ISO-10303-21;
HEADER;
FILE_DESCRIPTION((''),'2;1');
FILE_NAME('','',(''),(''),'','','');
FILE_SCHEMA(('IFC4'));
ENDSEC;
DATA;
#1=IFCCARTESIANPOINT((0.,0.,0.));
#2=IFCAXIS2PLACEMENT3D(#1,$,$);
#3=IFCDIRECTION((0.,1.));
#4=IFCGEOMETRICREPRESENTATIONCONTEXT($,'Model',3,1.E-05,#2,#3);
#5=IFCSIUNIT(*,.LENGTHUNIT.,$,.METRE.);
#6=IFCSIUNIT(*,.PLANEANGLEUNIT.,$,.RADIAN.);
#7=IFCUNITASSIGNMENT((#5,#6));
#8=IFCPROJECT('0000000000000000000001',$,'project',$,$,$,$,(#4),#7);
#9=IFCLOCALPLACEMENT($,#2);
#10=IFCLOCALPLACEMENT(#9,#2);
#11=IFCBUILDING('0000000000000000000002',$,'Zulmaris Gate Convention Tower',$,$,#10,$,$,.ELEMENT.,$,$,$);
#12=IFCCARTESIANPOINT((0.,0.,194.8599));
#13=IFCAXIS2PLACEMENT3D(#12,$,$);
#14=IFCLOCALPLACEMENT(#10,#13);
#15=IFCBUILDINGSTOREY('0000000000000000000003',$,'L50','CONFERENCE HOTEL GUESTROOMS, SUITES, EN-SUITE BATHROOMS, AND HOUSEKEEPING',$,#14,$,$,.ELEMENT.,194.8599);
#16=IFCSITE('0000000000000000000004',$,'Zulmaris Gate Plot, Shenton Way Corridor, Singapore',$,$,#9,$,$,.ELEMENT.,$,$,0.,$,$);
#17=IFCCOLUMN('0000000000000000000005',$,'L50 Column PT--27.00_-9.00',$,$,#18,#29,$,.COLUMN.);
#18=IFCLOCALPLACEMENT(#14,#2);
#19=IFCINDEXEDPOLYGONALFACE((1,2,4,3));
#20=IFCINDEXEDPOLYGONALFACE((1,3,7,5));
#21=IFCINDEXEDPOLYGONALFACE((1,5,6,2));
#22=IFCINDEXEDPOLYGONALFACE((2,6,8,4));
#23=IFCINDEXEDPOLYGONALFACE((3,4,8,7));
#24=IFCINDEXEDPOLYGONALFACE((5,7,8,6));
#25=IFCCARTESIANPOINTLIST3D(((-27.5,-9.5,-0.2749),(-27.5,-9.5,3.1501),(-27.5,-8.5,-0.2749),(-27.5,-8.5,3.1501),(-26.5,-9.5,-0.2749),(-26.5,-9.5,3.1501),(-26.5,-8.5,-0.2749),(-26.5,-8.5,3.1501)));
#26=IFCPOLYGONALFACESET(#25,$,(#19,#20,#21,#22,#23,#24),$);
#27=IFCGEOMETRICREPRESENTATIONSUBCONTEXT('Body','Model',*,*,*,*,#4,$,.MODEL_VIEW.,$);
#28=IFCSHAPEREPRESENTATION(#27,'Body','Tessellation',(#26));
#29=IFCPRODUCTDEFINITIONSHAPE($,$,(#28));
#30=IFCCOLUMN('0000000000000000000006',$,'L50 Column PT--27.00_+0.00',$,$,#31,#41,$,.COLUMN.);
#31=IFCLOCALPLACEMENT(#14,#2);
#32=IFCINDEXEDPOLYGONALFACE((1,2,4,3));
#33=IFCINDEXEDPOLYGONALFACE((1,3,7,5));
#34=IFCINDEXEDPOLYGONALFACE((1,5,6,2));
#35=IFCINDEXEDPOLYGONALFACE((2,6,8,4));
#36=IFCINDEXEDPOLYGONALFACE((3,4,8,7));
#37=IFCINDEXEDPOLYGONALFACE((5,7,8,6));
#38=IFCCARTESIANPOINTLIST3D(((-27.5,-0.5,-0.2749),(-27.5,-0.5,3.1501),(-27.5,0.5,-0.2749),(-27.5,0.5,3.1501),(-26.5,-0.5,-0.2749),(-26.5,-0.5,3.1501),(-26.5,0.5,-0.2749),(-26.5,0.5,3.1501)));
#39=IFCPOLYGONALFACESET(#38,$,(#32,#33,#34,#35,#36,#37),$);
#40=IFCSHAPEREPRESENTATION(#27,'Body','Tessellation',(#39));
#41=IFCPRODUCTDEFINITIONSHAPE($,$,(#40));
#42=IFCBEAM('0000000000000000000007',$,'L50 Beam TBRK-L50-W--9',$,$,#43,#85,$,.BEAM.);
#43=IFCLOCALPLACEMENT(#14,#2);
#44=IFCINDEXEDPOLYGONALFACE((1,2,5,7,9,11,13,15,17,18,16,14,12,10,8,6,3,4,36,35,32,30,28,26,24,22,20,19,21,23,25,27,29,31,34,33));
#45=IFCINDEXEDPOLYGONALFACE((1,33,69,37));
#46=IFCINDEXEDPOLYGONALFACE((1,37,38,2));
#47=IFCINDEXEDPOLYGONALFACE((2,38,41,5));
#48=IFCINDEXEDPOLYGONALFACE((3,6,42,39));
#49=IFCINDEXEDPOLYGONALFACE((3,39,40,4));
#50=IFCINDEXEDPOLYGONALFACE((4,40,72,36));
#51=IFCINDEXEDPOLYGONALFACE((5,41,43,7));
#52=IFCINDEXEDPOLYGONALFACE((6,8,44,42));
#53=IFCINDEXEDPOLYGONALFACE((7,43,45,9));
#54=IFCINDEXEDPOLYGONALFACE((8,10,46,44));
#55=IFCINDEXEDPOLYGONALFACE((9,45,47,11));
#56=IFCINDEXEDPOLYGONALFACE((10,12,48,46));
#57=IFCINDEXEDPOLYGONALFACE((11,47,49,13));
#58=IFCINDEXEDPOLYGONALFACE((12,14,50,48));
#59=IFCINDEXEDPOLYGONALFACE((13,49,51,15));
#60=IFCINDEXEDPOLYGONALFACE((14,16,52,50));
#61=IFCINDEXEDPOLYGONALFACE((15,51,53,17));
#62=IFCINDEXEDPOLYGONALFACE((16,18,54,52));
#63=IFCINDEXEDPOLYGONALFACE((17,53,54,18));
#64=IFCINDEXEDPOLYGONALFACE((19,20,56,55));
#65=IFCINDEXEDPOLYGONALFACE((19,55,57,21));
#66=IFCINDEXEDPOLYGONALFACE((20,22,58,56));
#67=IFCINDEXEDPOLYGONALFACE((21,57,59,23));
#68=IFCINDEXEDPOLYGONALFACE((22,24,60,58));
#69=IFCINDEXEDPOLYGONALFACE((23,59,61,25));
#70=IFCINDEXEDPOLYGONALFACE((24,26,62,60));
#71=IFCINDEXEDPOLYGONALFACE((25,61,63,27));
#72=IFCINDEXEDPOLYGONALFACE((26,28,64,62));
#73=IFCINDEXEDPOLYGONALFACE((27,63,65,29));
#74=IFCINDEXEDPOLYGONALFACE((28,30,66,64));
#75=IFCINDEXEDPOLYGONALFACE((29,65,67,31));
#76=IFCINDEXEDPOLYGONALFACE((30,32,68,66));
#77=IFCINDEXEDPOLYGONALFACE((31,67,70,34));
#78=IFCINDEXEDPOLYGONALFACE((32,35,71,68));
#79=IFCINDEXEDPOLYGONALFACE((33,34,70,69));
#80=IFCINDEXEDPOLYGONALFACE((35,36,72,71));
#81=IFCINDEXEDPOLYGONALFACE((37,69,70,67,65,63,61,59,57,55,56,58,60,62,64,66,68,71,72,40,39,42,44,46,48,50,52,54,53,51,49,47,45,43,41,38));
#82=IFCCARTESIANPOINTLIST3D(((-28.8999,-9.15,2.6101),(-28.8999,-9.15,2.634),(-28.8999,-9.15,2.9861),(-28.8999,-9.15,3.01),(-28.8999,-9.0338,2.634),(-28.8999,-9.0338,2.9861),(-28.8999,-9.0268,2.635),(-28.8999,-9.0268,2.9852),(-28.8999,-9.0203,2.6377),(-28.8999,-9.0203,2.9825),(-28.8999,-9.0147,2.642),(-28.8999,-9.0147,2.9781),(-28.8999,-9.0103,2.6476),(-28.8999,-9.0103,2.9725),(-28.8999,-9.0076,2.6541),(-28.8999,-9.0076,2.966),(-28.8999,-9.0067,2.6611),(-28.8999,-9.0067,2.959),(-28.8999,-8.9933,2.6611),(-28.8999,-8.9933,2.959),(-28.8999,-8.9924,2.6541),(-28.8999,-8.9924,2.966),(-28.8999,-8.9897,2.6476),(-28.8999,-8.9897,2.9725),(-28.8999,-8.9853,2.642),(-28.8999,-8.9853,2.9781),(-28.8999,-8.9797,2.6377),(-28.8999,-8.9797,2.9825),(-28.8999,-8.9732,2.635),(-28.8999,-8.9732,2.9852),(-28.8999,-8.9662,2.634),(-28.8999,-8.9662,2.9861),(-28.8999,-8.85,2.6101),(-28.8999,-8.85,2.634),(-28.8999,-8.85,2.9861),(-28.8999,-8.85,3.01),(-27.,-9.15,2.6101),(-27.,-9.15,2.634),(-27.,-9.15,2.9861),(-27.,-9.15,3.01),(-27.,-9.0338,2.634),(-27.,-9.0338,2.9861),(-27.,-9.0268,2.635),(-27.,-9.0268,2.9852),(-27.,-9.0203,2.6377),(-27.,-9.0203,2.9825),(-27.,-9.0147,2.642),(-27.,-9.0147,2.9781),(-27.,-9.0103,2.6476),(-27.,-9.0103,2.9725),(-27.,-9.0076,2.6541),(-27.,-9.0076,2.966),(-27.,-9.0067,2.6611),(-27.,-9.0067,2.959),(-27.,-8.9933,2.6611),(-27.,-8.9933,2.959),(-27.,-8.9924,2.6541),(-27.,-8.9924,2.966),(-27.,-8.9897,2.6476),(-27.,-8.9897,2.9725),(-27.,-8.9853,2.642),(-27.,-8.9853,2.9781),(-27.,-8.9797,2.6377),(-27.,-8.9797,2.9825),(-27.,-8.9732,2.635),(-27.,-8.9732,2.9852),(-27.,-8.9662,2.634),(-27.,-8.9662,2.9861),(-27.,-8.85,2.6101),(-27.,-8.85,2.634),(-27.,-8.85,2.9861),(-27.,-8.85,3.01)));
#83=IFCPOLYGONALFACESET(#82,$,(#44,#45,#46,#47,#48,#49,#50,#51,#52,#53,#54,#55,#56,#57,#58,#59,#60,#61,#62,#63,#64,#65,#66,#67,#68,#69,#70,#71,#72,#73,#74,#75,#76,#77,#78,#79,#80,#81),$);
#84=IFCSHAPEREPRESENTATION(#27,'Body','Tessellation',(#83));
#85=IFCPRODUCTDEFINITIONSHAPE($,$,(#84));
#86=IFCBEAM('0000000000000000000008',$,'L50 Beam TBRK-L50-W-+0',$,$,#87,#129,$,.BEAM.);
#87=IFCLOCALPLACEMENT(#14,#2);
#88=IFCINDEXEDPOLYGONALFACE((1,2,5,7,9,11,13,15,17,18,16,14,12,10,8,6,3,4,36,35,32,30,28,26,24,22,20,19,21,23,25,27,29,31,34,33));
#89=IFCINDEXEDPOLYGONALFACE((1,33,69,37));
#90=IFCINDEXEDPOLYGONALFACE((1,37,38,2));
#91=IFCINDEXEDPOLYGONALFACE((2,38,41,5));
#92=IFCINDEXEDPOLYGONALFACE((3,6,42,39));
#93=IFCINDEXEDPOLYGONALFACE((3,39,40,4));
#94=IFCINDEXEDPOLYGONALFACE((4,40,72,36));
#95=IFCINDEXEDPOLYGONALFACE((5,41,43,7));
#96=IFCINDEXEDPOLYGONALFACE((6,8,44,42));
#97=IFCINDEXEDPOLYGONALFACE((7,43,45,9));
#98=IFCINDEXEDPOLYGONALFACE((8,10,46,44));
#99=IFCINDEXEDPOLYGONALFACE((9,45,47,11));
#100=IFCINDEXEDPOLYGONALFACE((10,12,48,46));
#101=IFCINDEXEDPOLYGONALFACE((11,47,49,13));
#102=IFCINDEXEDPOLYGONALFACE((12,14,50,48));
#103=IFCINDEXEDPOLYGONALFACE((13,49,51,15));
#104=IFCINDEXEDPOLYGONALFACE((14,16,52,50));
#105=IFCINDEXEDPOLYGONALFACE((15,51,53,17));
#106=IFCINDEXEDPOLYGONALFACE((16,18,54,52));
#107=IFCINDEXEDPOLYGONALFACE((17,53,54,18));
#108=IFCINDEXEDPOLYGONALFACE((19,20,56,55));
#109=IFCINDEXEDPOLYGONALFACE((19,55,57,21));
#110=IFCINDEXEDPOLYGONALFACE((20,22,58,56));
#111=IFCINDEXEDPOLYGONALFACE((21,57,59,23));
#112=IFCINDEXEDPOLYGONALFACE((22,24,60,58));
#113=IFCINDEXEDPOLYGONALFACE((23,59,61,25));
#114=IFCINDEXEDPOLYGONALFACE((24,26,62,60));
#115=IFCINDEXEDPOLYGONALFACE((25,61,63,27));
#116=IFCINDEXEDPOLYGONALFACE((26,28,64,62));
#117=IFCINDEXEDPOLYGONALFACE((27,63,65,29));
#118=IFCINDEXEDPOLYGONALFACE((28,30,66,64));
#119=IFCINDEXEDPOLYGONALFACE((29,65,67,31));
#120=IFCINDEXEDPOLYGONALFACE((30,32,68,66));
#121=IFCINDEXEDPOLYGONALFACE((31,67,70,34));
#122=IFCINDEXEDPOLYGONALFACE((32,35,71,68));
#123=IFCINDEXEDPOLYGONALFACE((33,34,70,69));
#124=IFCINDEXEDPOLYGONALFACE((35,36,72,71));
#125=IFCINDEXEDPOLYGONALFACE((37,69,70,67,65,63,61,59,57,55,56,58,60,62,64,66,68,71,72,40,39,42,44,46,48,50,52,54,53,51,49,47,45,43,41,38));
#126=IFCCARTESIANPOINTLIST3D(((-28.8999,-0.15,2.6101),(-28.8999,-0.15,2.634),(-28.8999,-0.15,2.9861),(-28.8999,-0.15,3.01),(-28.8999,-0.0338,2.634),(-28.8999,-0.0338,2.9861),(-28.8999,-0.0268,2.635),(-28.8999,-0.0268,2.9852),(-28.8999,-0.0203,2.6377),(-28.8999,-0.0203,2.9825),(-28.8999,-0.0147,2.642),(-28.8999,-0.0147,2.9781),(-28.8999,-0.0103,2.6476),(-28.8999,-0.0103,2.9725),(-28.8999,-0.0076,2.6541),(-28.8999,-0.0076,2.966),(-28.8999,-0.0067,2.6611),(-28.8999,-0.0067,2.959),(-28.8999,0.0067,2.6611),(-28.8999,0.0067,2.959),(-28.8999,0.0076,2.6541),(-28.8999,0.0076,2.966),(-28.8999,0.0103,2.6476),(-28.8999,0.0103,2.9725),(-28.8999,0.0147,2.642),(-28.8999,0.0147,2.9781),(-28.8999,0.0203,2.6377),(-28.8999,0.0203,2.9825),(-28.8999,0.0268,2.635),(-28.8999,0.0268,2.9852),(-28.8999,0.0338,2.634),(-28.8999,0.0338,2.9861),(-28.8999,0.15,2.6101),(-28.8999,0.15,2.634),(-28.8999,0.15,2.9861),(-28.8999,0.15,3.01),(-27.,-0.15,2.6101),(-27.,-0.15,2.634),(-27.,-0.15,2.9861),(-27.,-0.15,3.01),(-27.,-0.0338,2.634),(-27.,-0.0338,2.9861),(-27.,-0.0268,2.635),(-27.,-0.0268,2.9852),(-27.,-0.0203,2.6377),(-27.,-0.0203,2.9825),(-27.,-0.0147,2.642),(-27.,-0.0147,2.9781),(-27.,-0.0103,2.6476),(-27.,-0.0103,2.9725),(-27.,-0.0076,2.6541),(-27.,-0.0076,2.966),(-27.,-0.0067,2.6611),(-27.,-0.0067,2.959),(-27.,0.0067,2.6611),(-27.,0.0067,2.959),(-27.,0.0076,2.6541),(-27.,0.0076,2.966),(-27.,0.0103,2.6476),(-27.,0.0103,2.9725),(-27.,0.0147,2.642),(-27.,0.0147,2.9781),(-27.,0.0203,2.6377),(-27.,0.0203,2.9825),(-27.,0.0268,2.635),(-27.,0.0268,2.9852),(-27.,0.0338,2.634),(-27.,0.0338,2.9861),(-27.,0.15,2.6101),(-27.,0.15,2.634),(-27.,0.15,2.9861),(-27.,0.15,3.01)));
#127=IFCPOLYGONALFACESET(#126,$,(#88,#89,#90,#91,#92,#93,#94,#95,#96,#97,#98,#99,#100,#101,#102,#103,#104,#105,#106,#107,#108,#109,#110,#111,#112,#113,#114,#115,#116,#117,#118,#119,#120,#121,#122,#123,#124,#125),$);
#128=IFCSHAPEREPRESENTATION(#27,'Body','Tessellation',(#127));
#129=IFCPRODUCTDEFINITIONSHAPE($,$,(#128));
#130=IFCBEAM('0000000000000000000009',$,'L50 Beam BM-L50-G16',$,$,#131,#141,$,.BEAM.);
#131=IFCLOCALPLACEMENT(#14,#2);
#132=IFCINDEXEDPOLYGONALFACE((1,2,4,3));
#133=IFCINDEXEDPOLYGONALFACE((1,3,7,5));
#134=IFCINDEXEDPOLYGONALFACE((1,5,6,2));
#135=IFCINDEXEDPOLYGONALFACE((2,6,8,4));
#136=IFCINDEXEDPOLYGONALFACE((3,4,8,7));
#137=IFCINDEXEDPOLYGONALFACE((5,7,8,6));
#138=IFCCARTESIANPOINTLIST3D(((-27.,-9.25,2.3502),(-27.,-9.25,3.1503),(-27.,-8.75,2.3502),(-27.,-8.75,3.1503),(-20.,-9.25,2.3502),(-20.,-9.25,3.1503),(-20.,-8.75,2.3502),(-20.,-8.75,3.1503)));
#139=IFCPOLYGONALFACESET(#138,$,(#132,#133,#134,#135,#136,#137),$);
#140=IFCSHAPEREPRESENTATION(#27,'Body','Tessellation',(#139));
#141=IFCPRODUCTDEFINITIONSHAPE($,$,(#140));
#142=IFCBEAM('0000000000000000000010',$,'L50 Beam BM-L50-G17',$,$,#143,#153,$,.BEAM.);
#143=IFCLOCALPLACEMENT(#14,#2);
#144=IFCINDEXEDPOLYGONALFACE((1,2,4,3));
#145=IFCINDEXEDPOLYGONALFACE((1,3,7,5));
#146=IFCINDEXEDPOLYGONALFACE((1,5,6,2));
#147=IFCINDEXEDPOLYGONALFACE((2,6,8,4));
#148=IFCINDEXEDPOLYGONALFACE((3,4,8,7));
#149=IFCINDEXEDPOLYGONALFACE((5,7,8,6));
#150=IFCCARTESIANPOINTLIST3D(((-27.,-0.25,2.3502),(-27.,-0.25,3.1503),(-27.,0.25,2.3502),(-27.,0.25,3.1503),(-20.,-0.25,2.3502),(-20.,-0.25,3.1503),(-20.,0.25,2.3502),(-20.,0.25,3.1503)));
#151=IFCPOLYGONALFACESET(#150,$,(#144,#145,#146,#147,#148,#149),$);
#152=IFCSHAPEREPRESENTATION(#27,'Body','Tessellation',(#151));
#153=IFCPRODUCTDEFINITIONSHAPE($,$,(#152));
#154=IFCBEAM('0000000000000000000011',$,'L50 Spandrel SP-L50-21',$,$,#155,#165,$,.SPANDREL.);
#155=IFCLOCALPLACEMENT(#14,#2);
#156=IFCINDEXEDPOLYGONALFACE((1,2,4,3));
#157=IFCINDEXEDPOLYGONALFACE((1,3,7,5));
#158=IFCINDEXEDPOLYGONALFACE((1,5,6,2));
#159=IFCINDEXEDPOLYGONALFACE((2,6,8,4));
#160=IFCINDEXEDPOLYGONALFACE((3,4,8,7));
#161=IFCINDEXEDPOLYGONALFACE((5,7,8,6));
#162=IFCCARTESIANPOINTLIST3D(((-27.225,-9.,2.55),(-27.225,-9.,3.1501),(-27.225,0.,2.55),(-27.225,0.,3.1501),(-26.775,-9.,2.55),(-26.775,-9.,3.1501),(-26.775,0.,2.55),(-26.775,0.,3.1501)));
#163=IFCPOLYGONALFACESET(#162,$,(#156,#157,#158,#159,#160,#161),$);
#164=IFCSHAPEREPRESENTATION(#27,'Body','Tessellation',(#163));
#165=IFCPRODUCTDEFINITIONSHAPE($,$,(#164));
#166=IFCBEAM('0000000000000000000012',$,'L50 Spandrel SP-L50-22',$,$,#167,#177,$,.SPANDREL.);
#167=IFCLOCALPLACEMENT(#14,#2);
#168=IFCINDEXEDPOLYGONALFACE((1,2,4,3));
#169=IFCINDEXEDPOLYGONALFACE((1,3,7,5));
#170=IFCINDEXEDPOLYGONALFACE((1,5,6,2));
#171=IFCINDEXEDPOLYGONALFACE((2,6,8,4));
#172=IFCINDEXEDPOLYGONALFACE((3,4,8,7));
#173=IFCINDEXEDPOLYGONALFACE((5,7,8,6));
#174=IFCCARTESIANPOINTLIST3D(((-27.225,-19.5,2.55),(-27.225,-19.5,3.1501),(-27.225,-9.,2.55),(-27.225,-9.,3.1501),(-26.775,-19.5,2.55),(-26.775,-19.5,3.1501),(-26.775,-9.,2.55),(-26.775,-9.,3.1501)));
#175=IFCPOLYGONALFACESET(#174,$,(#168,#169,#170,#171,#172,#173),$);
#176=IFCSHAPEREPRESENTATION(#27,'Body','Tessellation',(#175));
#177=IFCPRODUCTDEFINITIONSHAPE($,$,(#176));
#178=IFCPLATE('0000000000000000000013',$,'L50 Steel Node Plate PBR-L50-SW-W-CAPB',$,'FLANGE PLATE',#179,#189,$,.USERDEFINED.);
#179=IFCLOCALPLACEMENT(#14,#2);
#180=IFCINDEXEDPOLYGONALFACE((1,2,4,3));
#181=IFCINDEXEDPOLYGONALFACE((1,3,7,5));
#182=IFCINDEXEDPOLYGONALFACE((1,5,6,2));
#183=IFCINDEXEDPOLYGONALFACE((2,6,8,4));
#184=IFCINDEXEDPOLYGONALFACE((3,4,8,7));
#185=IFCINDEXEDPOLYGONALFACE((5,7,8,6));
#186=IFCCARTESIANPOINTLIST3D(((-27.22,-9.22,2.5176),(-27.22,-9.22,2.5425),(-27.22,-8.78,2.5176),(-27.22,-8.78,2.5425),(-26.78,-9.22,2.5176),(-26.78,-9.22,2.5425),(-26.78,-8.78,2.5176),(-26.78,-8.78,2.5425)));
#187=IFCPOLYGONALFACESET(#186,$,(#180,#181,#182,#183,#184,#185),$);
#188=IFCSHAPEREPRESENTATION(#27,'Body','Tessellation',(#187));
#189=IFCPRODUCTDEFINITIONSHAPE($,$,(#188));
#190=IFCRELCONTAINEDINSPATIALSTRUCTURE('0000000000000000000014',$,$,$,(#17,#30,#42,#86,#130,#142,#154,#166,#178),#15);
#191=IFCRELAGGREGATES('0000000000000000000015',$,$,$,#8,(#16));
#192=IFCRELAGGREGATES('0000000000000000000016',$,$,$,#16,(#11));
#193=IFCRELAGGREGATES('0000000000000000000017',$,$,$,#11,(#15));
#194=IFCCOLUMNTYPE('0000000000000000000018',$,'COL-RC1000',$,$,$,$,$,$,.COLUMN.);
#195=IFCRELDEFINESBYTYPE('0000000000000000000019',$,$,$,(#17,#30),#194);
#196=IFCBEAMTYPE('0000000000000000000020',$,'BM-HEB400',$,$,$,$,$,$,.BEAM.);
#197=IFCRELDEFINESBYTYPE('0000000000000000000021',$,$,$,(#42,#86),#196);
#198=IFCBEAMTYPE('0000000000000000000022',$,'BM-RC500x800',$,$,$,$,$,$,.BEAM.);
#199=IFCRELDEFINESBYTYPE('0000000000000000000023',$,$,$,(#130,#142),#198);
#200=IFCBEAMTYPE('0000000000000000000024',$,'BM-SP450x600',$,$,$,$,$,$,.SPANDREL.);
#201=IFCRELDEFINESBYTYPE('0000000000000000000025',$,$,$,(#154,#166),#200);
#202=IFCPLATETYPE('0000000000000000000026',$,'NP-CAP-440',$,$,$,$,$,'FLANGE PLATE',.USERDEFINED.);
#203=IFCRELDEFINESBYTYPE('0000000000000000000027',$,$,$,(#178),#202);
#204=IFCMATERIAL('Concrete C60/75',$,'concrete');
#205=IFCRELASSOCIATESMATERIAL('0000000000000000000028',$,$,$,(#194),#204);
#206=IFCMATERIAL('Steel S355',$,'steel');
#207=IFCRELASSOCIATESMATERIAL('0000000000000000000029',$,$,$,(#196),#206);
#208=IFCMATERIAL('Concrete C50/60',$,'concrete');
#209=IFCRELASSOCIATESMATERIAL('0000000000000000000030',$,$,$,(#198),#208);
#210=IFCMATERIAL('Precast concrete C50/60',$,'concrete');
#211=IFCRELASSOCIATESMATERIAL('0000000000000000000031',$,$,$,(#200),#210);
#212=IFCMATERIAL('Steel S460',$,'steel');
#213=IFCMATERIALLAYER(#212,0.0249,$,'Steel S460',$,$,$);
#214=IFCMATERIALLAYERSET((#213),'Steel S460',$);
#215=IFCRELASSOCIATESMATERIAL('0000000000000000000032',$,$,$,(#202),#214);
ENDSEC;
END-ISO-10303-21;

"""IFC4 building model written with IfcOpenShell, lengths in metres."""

from ifc_helpers import new_model, si_unit, direction, frame, origin, origin_2d, place, context, subcontext, project, spatial, rectangle, i_section, extrude, material, layer, layer_set, material_profile, profile_set, type_object, element, save


model = new_model("IFC4")

# Units and contexts
model_context = context("Model", 3, precision=1e-05, world=origin(), true_north=direction((0.0, 1.0)))
body_context = subcontext(model_context, "Body", "Model", "MODEL_VIEW")
ifc_project = project(units=[si_unit("LENGTHUNIT", "METRE"), si_unit("PLANEANGLEUNIT", "RADIAN")], contexts=[model_context])

# Site, building, storey
site_placement = place(None, origin())
site = spatial("IfcSite", under=ifc_project, at=site_placement, Name="Zulmaris Gate Plot, Shenton Way Corridor, Singapore", CompositionType="ELEMENT", RefElevation=0.0)
building_placement = place(site_placement, origin())
building = spatial("IfcBuilding", under=site, at=building_placement, Name="Zulmaris Gate Convention Tower", CompositionType="ELEMENT")
storey_placement = place(building_placement, frame((0.0, 0.0, 194.8599)))
storey = spatial("IfcBuildingStorey", under=building, at=storey_placement, Name="L50", Description="CONFERENCE HOTEL GUESTROOMS, SUITES, EN-SUITE BATHROOMS, AND HOUSEKEEPING", CompositionType="ELEMENT", Elevation=194.8599)

# Columns
ifc_material_1 = material(Name="Concrete C60/75", Category="concrete")
ifc_material_profile_1 = material_profile(ifc_material_1, rectangle(XDim=1.0, YDim=1.0, at=origin_2d()), Name="RC COL 1000x1000")
ifc_profile_set_1 = profile_set([ifc_material_profile_1], Name="Concrete C60/75")
column_type = type_object("IfcColumnType", Name="COL-RC1000", PredefinedType="COLUMN", material=ifc_profile_set_1)
for number, where, z_axis, x_axis, name in (
    (1, (-27.0, -9.0, -0.2749), (0.0, 0.0, 1.0), (1.0, 0.0, 0.0), "L50 Column PT--27.00_-9.00"),
    (2, (-27.0, 0.0, -0.2749), (0.0, 0.0, 1.0), (1.0, 0.0, 0.0), "L50 Column PT--27.00_+0.00"),
):
    element("IfcColumn", number, at=place(storey_placement, frame(where, z_axis=z_axis, x_axis=x_axis)), inside=storey, type_object=column_type, Name=name, PredefinedType="COLUMN", context=body_context, shape_type="SweptSolid", body=[
        extrude(rectangle(XDim=1.0, YDim=1.0, at=origin_2d()), origin(), (0.0, 0.0, 1.0), 3.425),
    ])

# Beams
ifc_material_2 = material(Name="Steel S355", Category="steel")
ifc_material_profile_2 = material_profile(ifc_material_2, i_section(OverallWidth=0.3, OverallDepth=0.3999, WebThickness=0.0134, FlangeThickness=0.0239, FilletRadius=0.0271, at=origin_2d()), Name="HEB 400")
ifc_profile_set_2 = profile_set([ifc_material_profile_2], Name="Steel S355")
beam_type_1 = type_object("IfcBeamType", Name="BM-HEB400", PredefinedType="BEAM", material=ifc_profile_set_2)
for number, where, z_axis, x_axis, name in (
    (3, (-28.8999, -9.0, 2.8101), (1.0, 0.0, 0.0), (0.0, 1.0, 0.0), "L50 Beam TBRK-L50-W--9"),
    (4, (-28.8999, 0.0, 2.8101), (1.0, 0.0, 0.0), (0.0, 1.0, 0.0), "L50 Beam TBRK-L50-W-+0"),
):
    element("IfcBeam", number, at=place(storey_placement, frame(where, z_axis=z_axis, x_axis=x_axis)), inside=storey, type_object=beam_type_1, Name=name, PredefinedType="BEAM", context=body_context, shape_type="SweptSolid", body=[
        extrude(i_section(OverallWidth=0.3, OverallDepth=0.3999, WebThickness=0.0134, FlangeThickness=0.0239, FilletRadius=0.0271, at=origin_2d()), origin(), (0.0, 0.0, 1.0), 1.8999),
    ])
ifc_material_3 = material(Name="Concrete C50/60", Category="concrete")
ifc_material_profile_3 = material_profile(ifc_material_3, rectangle(XDim=0.5, YDim=0.8, at=origin_2d()), Name="RC BEAM 500x800")
ifc_profile_set_3 = profile_set([ifc_material_profile_3], Name="Concrete C50/60")
beam_type_2 = type_object("IfcBeamType", Name="BM-RC500x800", PredefinedType="BEAM", material=ifc_profile_set_3)
for number, where, z_axis, x_axis, name in (
    (5, (-27.0, -9.0, 2.7502), (1.0, 0.0, 0.0), (0.0, 1.0, 0.0), "L50 Beam BM-L50-G16"),
    (6, (-27.0, 0.0, 2.7502), (1.0, 0.0, 0.0), (0.0, 1.0, 0.0), "L50 Beam BM-L50-G17"),
):
    element("IfcBeam", number, at=place(storey_placement, frame(where, z_axis=z_axis, x_axis=x_axis)), inside=storey, type_object=beam_type_2, Name=name, PredefinedType="BEAM", context=body_context, shape_type="SweptSolid", body=[
        extrude(rectangle(XDim=0.5, YDim=0.8, at=origin_2d()), origin(), (0.0, 0.0, 1.0), 7.0),
    ])
ifc_material_4 = material(Name="Precast concrete C50/60", Category="concrete")
ifc_material_profile_4 = material_profile(ifc_material_4, rectangle(XDim=0.45, YDim=0.6001, at=origin_2d()), Name="RC SPANDREL 450x600")
ifc_profile_set_4 = profile_set([ifc_material_profile_4], Name="Precast concrete C50/60")
beam_type_3 = type_object("IfcBeamType", Name="BM-SP450x600", PredefinedType="SPANDREL", material=ifc_profile_set_4)
beam_1_placement = place(storey_placement, frame((-27.0, 0.0, 2.8501), z_axis=(0.0, -1.0, 0.0), x_axis=(1.0, 0.0, 0.0)))
element("IfcBeam", 7, at=beam_1_placement, inside=storey, type_object=beam_type_3, Name="L50 Spandrel SP-L50-21", PredefinedType="SPANDREL", context=body_context, shape_type="SweptSolid", body=[
    extrude(rectangle(XDim=0.45, YDim=0.6001, at=origin_2d()), origin(), (0.0, 0.0, 1.0), 9.0),
])
beam_2_placement = place(storey_placement, frame((-27.0, -9.0, 2.8501), z_axis=(0.0, -1.0, 0.0), x_axis=(1.0, 0.0, 0.0)))
element("IfcBeam", 8, at=beam_2_placement, inside=storey, type_object=beam_type_3, Name="L50 Spandrel SP-L50-22", PredefinedType="SPANDREL", context=body_context, shape_type="SweptSolid", body=[
    extrude(rectangle(XDim=0.45, YDim=0.6001, at=origin_2d()), origin(), (0.0, 0.0, 1.0), 10.5),
])

# Plate
ifc_material_5 = material(Name="Steel S460", Category="steel")
ifc_layer_1 = layer(ifc_material_5, 0.0249, Name="Steel S460")
ifc_layer_set_1 = layer_set([ifc_layer_1], Name="Steel S460")
plate_type = type_object("IfcPlateType", Name="NP-CAP-440", ElementType="FLANGE PLATE", PredefinedType="USERDEFINED", material=ifc_layer_set_1)
plate_placement = place(storey_placement, frame((-27.0, -9.0, 2.5176), z_axis=(0.0, 0.0, 1.0), x_axis=(1.0, 0.0, 0.0)))
element("IfcPlate", 9, at=plate_placement, inside=storey, type_object=plate_type, Name="L50 Steel Node Plate PBR-L50-SW-W-CAPB", ObjectType="FLANGE PLATE", PredefinedType="USERDEFINED", context=body_context, shape_type="SweptSolid", body=[
    extrude(rectangle(XDim=0.4399, YDim=0.4399, at=origin_2d()), origin(), (0.0, 0.0, 1.0), 0.0249),
])

save(model, "model.ifc")
